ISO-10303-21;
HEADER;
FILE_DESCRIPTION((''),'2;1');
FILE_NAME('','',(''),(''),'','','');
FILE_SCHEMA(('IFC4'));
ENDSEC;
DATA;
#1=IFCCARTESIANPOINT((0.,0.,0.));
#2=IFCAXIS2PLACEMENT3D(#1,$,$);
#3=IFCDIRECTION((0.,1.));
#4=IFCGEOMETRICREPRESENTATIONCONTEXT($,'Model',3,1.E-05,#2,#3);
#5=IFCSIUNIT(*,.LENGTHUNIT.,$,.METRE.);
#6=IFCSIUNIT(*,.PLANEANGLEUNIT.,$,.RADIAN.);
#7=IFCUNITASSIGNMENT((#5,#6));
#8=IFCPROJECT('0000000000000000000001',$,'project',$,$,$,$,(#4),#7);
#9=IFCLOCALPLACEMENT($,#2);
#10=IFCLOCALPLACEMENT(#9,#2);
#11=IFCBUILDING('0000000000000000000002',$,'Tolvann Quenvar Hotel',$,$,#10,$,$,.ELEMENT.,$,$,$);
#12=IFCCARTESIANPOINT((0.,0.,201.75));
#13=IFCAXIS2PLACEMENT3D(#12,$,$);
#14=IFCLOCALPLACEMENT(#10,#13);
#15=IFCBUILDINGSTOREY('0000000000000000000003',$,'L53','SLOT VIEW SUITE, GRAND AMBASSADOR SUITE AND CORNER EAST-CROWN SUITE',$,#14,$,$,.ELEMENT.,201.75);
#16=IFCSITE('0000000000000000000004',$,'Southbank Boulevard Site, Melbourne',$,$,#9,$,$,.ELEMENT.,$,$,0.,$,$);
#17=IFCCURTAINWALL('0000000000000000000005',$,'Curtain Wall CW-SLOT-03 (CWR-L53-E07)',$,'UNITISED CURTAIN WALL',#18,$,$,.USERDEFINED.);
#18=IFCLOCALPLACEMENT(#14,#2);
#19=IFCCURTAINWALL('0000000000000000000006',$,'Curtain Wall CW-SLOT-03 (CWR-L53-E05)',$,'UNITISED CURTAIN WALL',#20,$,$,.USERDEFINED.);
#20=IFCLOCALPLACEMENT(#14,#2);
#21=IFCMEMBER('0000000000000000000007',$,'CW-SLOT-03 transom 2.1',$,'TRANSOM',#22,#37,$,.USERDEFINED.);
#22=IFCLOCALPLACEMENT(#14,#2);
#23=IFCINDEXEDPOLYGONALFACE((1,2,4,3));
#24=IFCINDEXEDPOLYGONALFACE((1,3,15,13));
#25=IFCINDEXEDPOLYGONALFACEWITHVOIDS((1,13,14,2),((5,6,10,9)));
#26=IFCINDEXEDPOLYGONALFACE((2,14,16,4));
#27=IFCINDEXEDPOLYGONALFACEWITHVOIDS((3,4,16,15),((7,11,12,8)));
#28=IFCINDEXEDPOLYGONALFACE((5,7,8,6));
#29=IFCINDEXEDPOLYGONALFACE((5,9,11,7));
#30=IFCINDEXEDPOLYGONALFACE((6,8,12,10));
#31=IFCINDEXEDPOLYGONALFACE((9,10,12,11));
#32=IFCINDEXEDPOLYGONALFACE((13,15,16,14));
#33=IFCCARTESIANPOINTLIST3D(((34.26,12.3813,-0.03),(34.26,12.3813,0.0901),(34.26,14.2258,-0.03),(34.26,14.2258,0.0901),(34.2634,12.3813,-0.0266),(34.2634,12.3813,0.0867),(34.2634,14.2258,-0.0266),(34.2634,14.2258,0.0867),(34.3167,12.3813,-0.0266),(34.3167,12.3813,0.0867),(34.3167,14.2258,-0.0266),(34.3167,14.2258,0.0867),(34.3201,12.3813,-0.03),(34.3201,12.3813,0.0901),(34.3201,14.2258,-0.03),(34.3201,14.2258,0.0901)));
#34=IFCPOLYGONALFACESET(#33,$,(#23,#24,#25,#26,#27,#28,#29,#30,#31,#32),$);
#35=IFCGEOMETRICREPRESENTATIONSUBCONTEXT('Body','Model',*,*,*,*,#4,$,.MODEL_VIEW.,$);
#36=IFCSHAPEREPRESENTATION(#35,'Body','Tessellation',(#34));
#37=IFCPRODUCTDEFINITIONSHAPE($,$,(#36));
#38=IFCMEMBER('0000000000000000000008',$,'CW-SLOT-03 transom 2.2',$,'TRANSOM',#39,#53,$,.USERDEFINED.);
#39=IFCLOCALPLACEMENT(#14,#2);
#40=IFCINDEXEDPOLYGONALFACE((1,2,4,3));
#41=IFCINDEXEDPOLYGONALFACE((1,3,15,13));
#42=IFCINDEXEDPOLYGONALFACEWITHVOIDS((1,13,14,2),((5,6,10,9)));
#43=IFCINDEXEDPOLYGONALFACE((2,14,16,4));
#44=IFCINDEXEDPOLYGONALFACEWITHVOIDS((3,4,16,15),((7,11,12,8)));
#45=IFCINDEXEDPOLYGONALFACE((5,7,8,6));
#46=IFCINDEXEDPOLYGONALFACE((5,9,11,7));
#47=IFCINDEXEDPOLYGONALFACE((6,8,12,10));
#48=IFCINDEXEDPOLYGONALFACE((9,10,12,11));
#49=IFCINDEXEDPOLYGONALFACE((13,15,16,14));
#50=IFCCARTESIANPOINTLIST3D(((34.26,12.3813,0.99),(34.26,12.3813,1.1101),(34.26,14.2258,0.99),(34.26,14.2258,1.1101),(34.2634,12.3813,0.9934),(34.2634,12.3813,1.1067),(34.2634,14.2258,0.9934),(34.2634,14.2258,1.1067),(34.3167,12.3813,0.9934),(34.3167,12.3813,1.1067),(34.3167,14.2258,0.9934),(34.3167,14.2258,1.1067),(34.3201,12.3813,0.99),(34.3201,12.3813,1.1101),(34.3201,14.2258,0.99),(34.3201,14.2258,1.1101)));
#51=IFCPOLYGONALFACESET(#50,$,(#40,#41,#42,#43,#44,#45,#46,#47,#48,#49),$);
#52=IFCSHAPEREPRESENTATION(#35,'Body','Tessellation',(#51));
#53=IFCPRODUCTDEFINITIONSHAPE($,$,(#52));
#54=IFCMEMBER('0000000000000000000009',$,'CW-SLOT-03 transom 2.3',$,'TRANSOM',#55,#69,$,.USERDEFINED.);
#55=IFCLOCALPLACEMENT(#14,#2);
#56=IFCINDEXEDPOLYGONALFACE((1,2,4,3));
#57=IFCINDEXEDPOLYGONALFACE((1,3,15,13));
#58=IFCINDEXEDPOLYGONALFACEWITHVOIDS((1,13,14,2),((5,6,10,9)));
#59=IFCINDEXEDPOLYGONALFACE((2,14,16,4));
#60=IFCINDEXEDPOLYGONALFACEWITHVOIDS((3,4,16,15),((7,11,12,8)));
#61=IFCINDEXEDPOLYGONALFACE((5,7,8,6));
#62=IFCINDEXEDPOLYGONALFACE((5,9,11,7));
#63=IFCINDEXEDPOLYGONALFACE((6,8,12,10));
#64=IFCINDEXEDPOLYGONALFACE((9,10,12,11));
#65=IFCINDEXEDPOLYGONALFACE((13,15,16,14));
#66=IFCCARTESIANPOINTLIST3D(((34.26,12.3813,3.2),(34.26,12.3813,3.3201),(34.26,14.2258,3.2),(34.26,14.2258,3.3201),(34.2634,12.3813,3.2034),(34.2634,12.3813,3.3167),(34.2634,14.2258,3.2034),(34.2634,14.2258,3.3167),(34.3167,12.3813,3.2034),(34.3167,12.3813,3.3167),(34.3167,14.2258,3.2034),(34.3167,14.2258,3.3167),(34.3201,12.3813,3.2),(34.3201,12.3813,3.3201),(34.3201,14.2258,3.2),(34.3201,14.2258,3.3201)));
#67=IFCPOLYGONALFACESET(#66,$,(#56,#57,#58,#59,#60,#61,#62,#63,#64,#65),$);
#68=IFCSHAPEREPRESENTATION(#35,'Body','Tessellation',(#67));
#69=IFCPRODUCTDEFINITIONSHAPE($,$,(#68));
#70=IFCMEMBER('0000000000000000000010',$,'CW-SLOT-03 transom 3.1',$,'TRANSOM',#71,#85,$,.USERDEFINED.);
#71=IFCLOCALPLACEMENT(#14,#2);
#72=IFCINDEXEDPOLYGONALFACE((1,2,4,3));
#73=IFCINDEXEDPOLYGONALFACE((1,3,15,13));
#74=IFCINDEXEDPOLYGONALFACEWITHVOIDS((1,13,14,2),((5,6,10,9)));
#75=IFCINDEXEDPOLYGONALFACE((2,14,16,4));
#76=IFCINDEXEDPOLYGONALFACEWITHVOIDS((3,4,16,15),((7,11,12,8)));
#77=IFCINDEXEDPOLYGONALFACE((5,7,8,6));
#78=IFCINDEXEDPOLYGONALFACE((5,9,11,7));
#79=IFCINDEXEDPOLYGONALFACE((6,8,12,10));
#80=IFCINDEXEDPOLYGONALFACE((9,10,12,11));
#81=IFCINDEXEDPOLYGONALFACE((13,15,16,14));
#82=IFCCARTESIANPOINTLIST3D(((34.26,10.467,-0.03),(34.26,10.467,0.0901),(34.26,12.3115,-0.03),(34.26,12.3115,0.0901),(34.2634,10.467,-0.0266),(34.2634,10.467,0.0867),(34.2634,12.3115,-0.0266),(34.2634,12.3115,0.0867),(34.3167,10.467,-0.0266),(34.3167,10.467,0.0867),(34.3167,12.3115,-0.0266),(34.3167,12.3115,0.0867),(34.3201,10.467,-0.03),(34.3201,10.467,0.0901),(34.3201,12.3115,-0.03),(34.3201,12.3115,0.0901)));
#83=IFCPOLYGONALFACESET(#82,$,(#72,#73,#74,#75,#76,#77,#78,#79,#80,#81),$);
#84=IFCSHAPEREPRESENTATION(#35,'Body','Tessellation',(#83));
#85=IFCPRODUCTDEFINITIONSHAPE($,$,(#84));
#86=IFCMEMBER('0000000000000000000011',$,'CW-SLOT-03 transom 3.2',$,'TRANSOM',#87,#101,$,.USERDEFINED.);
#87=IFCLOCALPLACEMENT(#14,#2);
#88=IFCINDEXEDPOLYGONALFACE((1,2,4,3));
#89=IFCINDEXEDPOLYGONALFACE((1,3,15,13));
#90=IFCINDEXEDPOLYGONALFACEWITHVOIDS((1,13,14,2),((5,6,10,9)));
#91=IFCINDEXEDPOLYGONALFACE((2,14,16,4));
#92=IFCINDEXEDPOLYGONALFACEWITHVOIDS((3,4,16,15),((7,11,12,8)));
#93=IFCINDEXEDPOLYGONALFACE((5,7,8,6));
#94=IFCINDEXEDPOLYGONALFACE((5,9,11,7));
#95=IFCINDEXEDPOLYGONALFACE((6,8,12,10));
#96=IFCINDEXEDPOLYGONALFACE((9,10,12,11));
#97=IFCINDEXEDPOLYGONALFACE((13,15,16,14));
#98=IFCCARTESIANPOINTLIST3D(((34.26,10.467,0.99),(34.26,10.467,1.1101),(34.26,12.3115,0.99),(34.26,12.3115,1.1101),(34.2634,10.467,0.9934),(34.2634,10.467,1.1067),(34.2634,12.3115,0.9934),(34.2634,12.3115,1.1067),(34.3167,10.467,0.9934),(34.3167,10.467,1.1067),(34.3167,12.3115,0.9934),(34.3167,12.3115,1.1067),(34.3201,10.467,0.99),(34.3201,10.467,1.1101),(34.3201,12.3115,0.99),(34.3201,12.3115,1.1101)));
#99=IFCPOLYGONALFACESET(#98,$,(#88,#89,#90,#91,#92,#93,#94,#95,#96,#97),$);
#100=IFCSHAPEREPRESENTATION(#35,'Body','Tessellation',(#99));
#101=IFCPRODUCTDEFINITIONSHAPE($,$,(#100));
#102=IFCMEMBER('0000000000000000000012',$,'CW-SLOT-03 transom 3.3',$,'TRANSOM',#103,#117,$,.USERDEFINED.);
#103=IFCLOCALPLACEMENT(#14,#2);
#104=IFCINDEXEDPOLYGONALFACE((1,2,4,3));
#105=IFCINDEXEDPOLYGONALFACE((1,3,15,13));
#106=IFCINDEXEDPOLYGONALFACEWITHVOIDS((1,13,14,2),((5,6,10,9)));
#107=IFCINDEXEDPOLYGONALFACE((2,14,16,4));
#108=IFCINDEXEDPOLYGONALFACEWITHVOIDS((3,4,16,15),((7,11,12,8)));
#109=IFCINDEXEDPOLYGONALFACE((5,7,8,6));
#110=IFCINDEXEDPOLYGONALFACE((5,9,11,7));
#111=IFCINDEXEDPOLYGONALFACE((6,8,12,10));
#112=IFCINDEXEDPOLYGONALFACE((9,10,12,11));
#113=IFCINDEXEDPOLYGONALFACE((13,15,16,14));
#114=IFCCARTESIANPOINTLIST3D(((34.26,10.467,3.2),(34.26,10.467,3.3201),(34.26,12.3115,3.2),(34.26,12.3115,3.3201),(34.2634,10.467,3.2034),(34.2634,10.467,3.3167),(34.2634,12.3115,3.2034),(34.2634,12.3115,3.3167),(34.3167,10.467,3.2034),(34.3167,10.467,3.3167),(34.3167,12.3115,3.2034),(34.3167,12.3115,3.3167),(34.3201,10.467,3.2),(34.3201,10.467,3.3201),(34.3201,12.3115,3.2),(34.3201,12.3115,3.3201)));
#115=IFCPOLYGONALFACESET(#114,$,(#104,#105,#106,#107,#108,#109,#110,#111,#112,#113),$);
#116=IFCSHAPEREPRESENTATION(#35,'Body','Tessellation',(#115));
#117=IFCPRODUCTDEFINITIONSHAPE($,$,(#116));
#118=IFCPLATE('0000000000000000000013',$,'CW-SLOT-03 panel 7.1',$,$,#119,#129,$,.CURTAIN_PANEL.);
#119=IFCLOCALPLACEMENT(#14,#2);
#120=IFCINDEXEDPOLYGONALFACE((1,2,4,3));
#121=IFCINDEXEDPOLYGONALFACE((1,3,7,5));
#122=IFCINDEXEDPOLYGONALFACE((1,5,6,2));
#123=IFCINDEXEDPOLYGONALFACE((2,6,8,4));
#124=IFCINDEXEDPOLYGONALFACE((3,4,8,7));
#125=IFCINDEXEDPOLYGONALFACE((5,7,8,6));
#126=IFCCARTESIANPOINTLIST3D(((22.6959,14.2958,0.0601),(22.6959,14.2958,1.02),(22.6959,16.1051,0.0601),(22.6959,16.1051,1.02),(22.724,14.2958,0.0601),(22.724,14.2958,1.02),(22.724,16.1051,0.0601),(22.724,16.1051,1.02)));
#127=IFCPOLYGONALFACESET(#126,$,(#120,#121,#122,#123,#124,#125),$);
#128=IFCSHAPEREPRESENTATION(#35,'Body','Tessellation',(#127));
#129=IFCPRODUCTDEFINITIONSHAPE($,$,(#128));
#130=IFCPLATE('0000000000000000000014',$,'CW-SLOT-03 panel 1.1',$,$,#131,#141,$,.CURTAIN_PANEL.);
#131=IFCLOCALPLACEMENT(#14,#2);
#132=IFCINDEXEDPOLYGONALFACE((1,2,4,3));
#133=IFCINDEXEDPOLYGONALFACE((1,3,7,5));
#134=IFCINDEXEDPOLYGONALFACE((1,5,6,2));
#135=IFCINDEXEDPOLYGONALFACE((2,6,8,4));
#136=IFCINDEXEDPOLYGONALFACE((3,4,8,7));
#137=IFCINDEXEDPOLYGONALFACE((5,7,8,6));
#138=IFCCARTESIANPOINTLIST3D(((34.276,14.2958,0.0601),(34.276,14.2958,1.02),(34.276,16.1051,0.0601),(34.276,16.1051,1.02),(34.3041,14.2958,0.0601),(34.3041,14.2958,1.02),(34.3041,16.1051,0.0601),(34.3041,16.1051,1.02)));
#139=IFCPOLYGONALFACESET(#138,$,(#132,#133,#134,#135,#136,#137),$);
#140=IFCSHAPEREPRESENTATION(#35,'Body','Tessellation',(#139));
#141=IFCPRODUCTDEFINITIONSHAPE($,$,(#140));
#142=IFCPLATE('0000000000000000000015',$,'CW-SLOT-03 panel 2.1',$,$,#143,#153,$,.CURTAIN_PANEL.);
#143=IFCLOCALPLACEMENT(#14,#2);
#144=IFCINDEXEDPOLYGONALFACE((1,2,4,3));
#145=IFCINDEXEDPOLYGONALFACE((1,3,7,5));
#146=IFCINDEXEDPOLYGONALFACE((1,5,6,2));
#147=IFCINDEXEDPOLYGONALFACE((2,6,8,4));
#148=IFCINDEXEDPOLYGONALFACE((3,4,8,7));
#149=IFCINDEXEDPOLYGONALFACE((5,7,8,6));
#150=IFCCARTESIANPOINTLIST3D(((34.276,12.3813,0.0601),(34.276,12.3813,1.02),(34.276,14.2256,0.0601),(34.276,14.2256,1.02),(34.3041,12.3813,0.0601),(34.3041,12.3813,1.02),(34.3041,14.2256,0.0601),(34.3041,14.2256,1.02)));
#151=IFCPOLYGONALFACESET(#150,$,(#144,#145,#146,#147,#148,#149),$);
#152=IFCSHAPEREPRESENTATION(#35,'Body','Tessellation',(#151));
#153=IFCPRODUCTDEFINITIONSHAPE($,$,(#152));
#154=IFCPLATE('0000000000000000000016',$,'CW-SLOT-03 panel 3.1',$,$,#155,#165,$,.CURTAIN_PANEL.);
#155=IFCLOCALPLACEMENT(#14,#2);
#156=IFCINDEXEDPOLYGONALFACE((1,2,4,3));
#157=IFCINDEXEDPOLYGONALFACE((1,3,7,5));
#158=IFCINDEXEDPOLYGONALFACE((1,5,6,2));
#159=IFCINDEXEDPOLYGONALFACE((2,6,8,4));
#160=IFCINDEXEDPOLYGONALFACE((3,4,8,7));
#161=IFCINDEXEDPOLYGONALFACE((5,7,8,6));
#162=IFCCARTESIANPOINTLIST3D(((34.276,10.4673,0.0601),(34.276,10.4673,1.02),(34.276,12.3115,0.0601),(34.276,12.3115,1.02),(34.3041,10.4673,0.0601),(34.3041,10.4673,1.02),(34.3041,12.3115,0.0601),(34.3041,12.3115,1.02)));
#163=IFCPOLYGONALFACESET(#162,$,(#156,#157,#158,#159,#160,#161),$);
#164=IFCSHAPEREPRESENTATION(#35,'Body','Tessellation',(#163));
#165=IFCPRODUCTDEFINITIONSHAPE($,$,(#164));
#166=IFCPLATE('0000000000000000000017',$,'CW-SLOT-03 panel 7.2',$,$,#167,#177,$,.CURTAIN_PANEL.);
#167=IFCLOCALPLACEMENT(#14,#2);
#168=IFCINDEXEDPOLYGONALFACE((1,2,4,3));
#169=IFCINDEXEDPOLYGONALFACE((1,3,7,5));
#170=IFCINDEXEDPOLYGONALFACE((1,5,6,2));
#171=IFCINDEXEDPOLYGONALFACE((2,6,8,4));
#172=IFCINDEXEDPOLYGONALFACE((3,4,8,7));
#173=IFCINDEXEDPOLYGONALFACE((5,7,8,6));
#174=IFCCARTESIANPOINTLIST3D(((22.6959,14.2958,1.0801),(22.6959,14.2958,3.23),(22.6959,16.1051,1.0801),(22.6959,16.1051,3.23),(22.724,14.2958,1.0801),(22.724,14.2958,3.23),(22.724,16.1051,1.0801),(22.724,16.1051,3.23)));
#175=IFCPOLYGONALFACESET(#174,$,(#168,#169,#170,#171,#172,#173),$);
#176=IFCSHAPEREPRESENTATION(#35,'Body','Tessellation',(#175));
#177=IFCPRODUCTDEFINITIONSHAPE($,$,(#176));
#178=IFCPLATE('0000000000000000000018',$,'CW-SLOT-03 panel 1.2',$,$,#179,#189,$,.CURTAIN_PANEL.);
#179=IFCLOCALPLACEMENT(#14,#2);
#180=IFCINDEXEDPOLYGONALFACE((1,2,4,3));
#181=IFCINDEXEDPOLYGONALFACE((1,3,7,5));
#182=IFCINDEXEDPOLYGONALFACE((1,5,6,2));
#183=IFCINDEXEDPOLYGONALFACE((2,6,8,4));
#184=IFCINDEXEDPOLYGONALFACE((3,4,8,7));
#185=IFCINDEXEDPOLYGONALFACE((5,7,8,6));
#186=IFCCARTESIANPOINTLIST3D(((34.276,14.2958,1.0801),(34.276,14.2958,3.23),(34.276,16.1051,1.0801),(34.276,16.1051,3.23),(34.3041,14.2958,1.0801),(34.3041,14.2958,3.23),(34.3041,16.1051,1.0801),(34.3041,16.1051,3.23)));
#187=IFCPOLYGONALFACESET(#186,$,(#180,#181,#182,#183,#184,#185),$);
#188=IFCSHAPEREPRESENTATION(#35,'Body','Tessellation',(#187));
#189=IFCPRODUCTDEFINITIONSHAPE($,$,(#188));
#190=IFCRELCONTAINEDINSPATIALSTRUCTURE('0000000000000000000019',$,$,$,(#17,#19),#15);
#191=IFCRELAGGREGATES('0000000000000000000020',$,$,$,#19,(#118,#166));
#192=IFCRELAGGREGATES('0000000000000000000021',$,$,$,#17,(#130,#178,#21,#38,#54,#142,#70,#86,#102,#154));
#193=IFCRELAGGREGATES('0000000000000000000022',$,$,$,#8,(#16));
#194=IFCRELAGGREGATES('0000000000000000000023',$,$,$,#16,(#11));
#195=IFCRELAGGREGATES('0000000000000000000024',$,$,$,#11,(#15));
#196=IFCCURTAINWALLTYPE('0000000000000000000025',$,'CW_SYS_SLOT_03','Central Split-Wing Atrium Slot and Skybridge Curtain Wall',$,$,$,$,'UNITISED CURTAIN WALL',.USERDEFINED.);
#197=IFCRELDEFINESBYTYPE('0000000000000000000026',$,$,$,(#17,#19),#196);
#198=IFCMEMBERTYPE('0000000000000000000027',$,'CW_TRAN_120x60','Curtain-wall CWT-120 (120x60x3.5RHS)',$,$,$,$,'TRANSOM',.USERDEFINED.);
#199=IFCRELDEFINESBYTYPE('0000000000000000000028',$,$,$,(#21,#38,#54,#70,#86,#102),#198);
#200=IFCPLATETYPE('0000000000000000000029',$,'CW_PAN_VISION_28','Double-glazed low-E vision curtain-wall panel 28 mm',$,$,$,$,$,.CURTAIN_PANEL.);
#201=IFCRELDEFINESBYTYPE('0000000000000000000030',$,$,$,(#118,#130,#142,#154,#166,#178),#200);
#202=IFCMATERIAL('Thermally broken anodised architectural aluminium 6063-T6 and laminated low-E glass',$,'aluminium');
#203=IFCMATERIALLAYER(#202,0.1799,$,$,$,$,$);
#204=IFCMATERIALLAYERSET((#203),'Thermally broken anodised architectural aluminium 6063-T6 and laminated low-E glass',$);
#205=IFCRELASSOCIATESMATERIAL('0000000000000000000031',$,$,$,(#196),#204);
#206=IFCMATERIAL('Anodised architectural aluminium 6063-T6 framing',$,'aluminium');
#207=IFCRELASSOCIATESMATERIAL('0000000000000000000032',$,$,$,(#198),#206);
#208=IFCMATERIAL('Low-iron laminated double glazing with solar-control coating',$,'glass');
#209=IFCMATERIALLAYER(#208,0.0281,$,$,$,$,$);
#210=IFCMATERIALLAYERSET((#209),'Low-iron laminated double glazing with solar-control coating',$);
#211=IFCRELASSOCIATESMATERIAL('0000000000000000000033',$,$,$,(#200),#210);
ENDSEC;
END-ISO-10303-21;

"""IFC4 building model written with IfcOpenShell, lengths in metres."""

from ifc_helpers import new_model, si_unit, direction, frame, origin, origin_2d, place, context, subcontext, project, spatial, rectangle, hollow_rectangle, extrude, source, transform, mapped, material, layer, layer_set, material_profile, profile_set, type_object, element, aggregate, save


model = new_model("IFC4")

# Units and contexts
model_context = context("Model", 3, precision=1e-05, world=origin(), true_north=direction((0.0, 1.0)))
body_context = subcontext(model_context, "Body", "Model", "MODEL_VIEW")
ifc_project = project(units=[si_unit("LENGTHUNIT", "METRE"), si_unit("PLANEANGLEUNIT", "RADIAN")], contexts=[model_context])

# Site, building, storey
site_placement = place(None, origin())
site = spatial("IfcSite", under=ifc_project, at=site_placement, Name="Southbank Boulevard Site, Melbourne", CompositionType="ELEMENT", RefElevation=0.0)
building_placement = place(site_placement, origin())
building = spatial("IfcBuilding", under=site, at=building_placement, Name="Tolvann Quenvar Hotel", CompositionType="ELEMENT")
storey_placement = place(building_placement, frame((0.0, 0.0, 201.75)))
storey = spatial("IfcBuildingStorey", under=building, at=storey_placement, Name="L53", Description="SLOT VIEW SUITE, GRAND AMBASSADOR SUITE AND CORNER EAST-CROWN SUITE", CompositionType="ELEMENT", Elevation=201.75)

# Curtain walls
ifc_material_1 = material(Name="Thermally broken anodised architectural aluminium 6063-T6 and laminated low-E glass", Category="aluminium")
ifc_layer_1 = layer(ifc_material_1, 0.1799)
ifc_layer_set_1 = layer_set([ifc_layer_1], Name="Thermally broken anodised architectural aluminium 6063-T6 and laminated low-E glass")
curtain_wall_type = type_object("IfcCurtainWallType", Name="CW_SYS_SLOT_03", Description="Central Split-Wing Atrium Slot and Skybridge Curtain Wall", ElementType="UNITISED CURTAIN WALL", PredefinedType="USERDEFINED", material=ifc_layer_set_1)
curtain_wall_1_placement = place(storey_placement, origin())
curtain_wall_1 = element("IfcCurtainWall", 1, at=curtain_wall_1_placement, inside=storey, type_object=curtain_wall_type, Name="Curtain Wall CW-SLOT-03 (CWR-L53-E07)", ObjectType="UNITISED CURTAIN WALL", PredefinedType="USERDEFINED")
ifc_material_2 = material(Name="Anodised architectural aluminium 6063-T6 framing", Category="aluminium")
curtain_wall_2_placement = place(storey_placement, origin())
curtain_wall_2 = element("IfcCurtainWall", 2, at=curtain_wall_2_placement, inside=storey, type_object=curtain_wall_type, Name="Curtain Wall CW-SLOT-03 (CWR-L53-E05)", ObjectType="UNITISED CURTAIN WALL", PredefinedType="USERDEFINED")
ifc_material_profile_1 = material_profile(ifc_material_2, hollow_rectangle(XDim=0.0601, YDim=0.1201, WallThickness=0.0034, at=origin_2d()), Name="120x60x3.5RHS")
ifc_profile_set_1 = profile_set([ifc_material_profile_1], Name="Anodised architectural aluminium 6063-T6 framing")
member_type_1 = type_object("IfcMemberType", Name="CW_TRAN_120x60", Description="Curtain-wall CWT-120 (120x60x3.5RHS)", ElementType="TRANSOM", PredefinedType="USERDEFINED", material=ifc_profile_set_1)

# Members
shared_shape_1 = source(origin(), body_context, "Body", "SweptSolid", [
    extrude(hollow_rectangle(XDim=0.0601, YDim=0.1201, WallThickness=0.0034, at=origin_2d()), origin(), (0.0, 0.0, 1.0), 1.8445),
])
member_1_placement = place(storey_placement, frame((34.29, 14.2258, 0.03), z_axis=(0.0, -1.0, 0.0), x_axis=(1.0, 0.0, 0.0)))
member_1 = element("IfcMember", 3, at=member_1_placement, type_object=member_type_1, Name="CW-SLOT-03 transom 2.1", ObjectType="TRANSOM", PredefinedType="USERDEFINED", context=body_context, shape_type="MappedRepresentation", body=[
    mapped(shared_shape_1, transform((0.0, 0.0, 0.0), x_axis=(1.0, 0.0, 0.0), y_axis=(0.0, 1.0, 0.0), z_axis=(0.0, 0.0, 1.0), scale=1.0)),
])
member_2_placement = place(storey_placement, frame((34.29, 14.2258, 1.05), z_axis=(0.0, -1.0, 0.0), x_axis=(1.0, 0.0, 0.0)))
member_2 = element("IfcMember", 4, at=member_2_placement, type_object=member_type_1, Name="CW-SLOT-03 transom 2.2", ObjectType="TRANSOM", PredefinedType="USERDEFINED", context=body_context, shape_type="MappedRepresentation", body=[
    mapped(shared_shape_1, transform((0.0, 0.0, 0.0), x_axis=(1.0, 0.0, 0.0), y_axis=(0.0, 1.0, 0.0), z_axis=(0.0, 0.0, 1.0), scale=1.0)),
])
member_3_placement = place(storey_placement, frame((34.29, 14.2258, 3.26), z_axis=(0.0, -1.0, 0.0), x_axis=(1.0, 0.0, 0.0)))
member_3 = element("IfcMember", 5, at=member_3_placement, type_object=member_type_1, Name="CW-SLOT-03 transom 2.3", ObjectType="TRANSOM", PredefinedType="USERDEFINED", context=body_context, shape_type="MappedRepresentation", body=[
    mapped(shared_shape_1, transform((0.0, 0.0, 0.0), x_axis=(1.0, 0.0, 0.0), y_axis=(0.0, 1.0, 0.0), z_axis=(0.0, 0.0, 1.0), scale=1.0)),
])
member_4_placement = place(storey_placement, frame((34.29, 12.3115, 0.03), z_axis=(0.0, -1.0, 0.0), x_axis=(1.0, 0.0, 0.0)))
member_4 = element("IfcMember", 6, at=member_4_placement, type_object=member_type_1, Name="CW-SLOT-03 transom 3.1", ObjectType="TRANSOM", PredefinedType="USERDEFINED", context=body_context, shape_type="MappedRepresentation", body=[
    mapped(shared_shape_1, transform((0.0, 0.0, 0.0), x_axis=(1.0, 0.0, 0.0), y_axis=(0.0, 1.0, 0.0), z_axis=(0.0, 0.0, 1.0), scale=1.0)),
])
member_5_placement = place(storey_placement, frame((34.29, 12.3115, 1.05), z_axis=(0.0, -1.0, 0.0), x_axis=(1.0, 0.0, 0.0)))
member_5 = element("IfcMember", 7, at=member_5_placement, type_object=member_type_1, Name="CW-SLOT-03 transom 3.2", ObjectType="TRANSOM", PredefinedType="USERDEFINED", context=body_context, shape_type="MappedRepresentation", body=[
    mapped(shared_shape_1, transform((0.0, 0.0, 0.0), x_axis=(1.0, 0.0, 0.0), y_axis=(0.0, 1.0, 0.0), z_axis=(0.0, 0.0, 1.0), scale=1.0)),
])
member_6_placement = place(storey_placement, frame((34.29, 12.3115, 3.26), z_axis=(0.0, -1.0, 0.0), x_axis=(1.0, 0.0, 0.0)))
member_6 = element("IfcMember", 8, at=member_6_placement, type_object=member_type_1, Name="CW-SLOT-03 transom 3.3", ObjectType="TRANSOM", PredefinedType="USERDEFINED", context=body_context, shape_type="MappedRepresentation", body=[
    mapped(shared_shape_1, transform((0.0, 0.0, 0.0), x_axis=(1.0, 0.0, 0.0), y_axis=(0.0, 1.0, 0.0), z_axis=(0.0, 0.0, 1.0), scale=1.0)),
])

# Plates
ifc_material_3 = material(Name="Low-iron laminated double glazing with solar-control coating", Category="glass")
ifc_layer_2 = layer(ifc_material_3, 0.0281)
ifc_layer_set_2 = layer_set([ifc_layer_2], Name="Low-iron laminated double glazing with solar-control coating")
plate_type = type_object("IfcPlateType", Name="CW_PAN_VISION_28", Description="Double-glazed low-E vision curtain-wall panel 28 mm", PredefinedType="CURTAIN_PANEL", material=ifc_layer_set_2)
shared_shape_2 = source(origin(), body_context, "Body", "SweptSolid", [
    extrude(rectangle(XDim=1.8093, YDim=0.0281, at=origin_2d()), origin(), (0.0, 0.0, 1.0), 0.96),
])
plate_1_placement = place(storey_placement, frame((22.71, 15.2004, 0.0601), z_axis=(0.0, 0.0, 1.0), x_axis=(0.0, 1.0, 0.0)))
plate_1 = element("IfcPlate", 9, at=plate_1_placement, type_object=plate_type, Name="CW-SLOT-03 panel 7.1", PredefinedType="CURTAIN_PANEL", context=body_context, shape_type="MappedRepresentation", body=[
    mapped(shared_shape_2, transform((0.0, 0.0, 0.0), x_axis=(1.0, 0.0, 0.0), y_axis=(0.0, 1.0, 0.0), z_axis=(0.0, 0.0, 1.0), scale=1.0)),
])
plate_2_placement = place(storey_placement, frame((34.29, 15.2004, 0.0601), z_axis=(0.0, 0.0, 1.0), x_axis=(0.0, -1.0, 0.0)))
plate_2 = element("IfcPlate", 10, at=plate_2_placement, type_object=plate_type, Name="CW-SLOT-03 panel 1.1", PredefinedType="CURTAIN_PANEL", context=body_context, shape_type="MappedRepresentation", body=[
    mapped(shared_shape_2, transform((0.0, 0.0, 0.0), x_axis=(1.0, 0.0, 0.0), y_axis=(0.0, 1.0, 0.0), z_axis=(0.0, 0.0, 1.0), scale=1.0)),
])
shared_shape_3 = source(origin(), body_context, "Body", "SweptSolid", [
    extrude(rectangle(XDim=1.8442, YDim=0.0281, at=origin_2d()), origin(), (0.0, 0.0, 1.0), 0.96),
])
plate_3_placement = place(storey_placement, frame((34.29, 13.3035, 0.0601), z_axis=(0.0, 0.0, 1.0), x_axis=(0.0, -1.0, 0.0)))
plate_3 = element("IfcPlate", 11, at=plate_3_placement, type_object=plate_type, Name="CW-SLOT-03 panel 2.1", PredefinedType="CURTAIN_PANEL", context=body_context, shape_type="MappedRepresentation", body=[
    mapped(shared_shape_3, transform((0.0, 0.0, 0.0), x_axis=(1.0, 0.0, 0.0), y_axis=(0.0, 1.0, 0.0), z_axis=(0.0, 0.0, 1.0), scale=1.0)),
])
plate_4_placement = place(storey_placement, frame((34.29, 11.3894, 0.0601), z_axis=(0.0, 0.0, 1.0), x_axis=(0.0, -1.0, 0.0)))
plate_4 = element("IfcPlate", 12, at=plate_4_placement, type_object=plate_type, Name="CW-SLOT-03 panel 3.1", PredefinedType="CURTAIN_PANEL", context=body_context, shape_type="MappedRepresentation", body=[
    mapped(shared_shape_3, transform((0.0, 0.0, 0.0), x_axis=(1.0, 0.0, 0.0), y_axis=(0.0, 1.0, 0.0), z_axis=(0.0, 0.0, 1.0), scale=1.0)),
])
shared_shape_4 = source(origin(), body_context, "Body", "SweptSolid", [
    extrude(rectangle(XDim=1.8093, YDim=0.0281, at=origin_2d()), origin(), (0.0, 0.0, 1.0), 2.1499),
])
plate_5_placement = place(storey_placement, frame((22.71, 15.2004, 1.0801), z_axis=(0.0, 0.0, 1.0), x_axis=(0.0, 1.0, 0.0)))
plate_5 = element("IfcPlate", 13, at=plate_5_placement, type_object=plate_type, Name="CW-SLOT-03 panel 7.2", PredefinedType="CURTAIN_PANEL", context=body_context, shape_type="MappedRepresentation", body=[
    mapped(shared_shape_4, transform((0.0, 0.0, 0.0), x_axis=(1.0, 0.0, 0.0), y_axis=(0.0, 1.0, 0.0), z_axis=(0.0, 0.0, 1.0), scale=1.0)),
])
aggregate(curtain_wall_2, [plate_1, plate_5])
plate_6_placement = place(storey_placement, frame((34.29, 15.2004, 1.0801), z_axis=(0.0, 0.0, 1.0), x_axis=(0.0, -1.0, 0.0)))
plate_6 = element("IfcPlate", 14, at=plate_6_placement, type_object=plate_type, Name="CW-SLOT-03 panel 1.2", PredefinedType="CURTAIN_PANEL", context=body_context, shape_type="MappedRepresentation", body=[
    mapped(shared_shape_4, transform((0.0, 0.0, 0.0), x_axis=(1.0, 0.0, 0.0), y_axis=(0.0, 1.0, 0.0), z_axis=(0.0, 0.0, 1.0), scale=1.0)),
])
aggregate(curtain_wall_1, [plate_2, plate_6, member_1, member_2, member_3, plate_3, member_4, member_5, member_6, plate_4])

save(model, "model.ifc")
